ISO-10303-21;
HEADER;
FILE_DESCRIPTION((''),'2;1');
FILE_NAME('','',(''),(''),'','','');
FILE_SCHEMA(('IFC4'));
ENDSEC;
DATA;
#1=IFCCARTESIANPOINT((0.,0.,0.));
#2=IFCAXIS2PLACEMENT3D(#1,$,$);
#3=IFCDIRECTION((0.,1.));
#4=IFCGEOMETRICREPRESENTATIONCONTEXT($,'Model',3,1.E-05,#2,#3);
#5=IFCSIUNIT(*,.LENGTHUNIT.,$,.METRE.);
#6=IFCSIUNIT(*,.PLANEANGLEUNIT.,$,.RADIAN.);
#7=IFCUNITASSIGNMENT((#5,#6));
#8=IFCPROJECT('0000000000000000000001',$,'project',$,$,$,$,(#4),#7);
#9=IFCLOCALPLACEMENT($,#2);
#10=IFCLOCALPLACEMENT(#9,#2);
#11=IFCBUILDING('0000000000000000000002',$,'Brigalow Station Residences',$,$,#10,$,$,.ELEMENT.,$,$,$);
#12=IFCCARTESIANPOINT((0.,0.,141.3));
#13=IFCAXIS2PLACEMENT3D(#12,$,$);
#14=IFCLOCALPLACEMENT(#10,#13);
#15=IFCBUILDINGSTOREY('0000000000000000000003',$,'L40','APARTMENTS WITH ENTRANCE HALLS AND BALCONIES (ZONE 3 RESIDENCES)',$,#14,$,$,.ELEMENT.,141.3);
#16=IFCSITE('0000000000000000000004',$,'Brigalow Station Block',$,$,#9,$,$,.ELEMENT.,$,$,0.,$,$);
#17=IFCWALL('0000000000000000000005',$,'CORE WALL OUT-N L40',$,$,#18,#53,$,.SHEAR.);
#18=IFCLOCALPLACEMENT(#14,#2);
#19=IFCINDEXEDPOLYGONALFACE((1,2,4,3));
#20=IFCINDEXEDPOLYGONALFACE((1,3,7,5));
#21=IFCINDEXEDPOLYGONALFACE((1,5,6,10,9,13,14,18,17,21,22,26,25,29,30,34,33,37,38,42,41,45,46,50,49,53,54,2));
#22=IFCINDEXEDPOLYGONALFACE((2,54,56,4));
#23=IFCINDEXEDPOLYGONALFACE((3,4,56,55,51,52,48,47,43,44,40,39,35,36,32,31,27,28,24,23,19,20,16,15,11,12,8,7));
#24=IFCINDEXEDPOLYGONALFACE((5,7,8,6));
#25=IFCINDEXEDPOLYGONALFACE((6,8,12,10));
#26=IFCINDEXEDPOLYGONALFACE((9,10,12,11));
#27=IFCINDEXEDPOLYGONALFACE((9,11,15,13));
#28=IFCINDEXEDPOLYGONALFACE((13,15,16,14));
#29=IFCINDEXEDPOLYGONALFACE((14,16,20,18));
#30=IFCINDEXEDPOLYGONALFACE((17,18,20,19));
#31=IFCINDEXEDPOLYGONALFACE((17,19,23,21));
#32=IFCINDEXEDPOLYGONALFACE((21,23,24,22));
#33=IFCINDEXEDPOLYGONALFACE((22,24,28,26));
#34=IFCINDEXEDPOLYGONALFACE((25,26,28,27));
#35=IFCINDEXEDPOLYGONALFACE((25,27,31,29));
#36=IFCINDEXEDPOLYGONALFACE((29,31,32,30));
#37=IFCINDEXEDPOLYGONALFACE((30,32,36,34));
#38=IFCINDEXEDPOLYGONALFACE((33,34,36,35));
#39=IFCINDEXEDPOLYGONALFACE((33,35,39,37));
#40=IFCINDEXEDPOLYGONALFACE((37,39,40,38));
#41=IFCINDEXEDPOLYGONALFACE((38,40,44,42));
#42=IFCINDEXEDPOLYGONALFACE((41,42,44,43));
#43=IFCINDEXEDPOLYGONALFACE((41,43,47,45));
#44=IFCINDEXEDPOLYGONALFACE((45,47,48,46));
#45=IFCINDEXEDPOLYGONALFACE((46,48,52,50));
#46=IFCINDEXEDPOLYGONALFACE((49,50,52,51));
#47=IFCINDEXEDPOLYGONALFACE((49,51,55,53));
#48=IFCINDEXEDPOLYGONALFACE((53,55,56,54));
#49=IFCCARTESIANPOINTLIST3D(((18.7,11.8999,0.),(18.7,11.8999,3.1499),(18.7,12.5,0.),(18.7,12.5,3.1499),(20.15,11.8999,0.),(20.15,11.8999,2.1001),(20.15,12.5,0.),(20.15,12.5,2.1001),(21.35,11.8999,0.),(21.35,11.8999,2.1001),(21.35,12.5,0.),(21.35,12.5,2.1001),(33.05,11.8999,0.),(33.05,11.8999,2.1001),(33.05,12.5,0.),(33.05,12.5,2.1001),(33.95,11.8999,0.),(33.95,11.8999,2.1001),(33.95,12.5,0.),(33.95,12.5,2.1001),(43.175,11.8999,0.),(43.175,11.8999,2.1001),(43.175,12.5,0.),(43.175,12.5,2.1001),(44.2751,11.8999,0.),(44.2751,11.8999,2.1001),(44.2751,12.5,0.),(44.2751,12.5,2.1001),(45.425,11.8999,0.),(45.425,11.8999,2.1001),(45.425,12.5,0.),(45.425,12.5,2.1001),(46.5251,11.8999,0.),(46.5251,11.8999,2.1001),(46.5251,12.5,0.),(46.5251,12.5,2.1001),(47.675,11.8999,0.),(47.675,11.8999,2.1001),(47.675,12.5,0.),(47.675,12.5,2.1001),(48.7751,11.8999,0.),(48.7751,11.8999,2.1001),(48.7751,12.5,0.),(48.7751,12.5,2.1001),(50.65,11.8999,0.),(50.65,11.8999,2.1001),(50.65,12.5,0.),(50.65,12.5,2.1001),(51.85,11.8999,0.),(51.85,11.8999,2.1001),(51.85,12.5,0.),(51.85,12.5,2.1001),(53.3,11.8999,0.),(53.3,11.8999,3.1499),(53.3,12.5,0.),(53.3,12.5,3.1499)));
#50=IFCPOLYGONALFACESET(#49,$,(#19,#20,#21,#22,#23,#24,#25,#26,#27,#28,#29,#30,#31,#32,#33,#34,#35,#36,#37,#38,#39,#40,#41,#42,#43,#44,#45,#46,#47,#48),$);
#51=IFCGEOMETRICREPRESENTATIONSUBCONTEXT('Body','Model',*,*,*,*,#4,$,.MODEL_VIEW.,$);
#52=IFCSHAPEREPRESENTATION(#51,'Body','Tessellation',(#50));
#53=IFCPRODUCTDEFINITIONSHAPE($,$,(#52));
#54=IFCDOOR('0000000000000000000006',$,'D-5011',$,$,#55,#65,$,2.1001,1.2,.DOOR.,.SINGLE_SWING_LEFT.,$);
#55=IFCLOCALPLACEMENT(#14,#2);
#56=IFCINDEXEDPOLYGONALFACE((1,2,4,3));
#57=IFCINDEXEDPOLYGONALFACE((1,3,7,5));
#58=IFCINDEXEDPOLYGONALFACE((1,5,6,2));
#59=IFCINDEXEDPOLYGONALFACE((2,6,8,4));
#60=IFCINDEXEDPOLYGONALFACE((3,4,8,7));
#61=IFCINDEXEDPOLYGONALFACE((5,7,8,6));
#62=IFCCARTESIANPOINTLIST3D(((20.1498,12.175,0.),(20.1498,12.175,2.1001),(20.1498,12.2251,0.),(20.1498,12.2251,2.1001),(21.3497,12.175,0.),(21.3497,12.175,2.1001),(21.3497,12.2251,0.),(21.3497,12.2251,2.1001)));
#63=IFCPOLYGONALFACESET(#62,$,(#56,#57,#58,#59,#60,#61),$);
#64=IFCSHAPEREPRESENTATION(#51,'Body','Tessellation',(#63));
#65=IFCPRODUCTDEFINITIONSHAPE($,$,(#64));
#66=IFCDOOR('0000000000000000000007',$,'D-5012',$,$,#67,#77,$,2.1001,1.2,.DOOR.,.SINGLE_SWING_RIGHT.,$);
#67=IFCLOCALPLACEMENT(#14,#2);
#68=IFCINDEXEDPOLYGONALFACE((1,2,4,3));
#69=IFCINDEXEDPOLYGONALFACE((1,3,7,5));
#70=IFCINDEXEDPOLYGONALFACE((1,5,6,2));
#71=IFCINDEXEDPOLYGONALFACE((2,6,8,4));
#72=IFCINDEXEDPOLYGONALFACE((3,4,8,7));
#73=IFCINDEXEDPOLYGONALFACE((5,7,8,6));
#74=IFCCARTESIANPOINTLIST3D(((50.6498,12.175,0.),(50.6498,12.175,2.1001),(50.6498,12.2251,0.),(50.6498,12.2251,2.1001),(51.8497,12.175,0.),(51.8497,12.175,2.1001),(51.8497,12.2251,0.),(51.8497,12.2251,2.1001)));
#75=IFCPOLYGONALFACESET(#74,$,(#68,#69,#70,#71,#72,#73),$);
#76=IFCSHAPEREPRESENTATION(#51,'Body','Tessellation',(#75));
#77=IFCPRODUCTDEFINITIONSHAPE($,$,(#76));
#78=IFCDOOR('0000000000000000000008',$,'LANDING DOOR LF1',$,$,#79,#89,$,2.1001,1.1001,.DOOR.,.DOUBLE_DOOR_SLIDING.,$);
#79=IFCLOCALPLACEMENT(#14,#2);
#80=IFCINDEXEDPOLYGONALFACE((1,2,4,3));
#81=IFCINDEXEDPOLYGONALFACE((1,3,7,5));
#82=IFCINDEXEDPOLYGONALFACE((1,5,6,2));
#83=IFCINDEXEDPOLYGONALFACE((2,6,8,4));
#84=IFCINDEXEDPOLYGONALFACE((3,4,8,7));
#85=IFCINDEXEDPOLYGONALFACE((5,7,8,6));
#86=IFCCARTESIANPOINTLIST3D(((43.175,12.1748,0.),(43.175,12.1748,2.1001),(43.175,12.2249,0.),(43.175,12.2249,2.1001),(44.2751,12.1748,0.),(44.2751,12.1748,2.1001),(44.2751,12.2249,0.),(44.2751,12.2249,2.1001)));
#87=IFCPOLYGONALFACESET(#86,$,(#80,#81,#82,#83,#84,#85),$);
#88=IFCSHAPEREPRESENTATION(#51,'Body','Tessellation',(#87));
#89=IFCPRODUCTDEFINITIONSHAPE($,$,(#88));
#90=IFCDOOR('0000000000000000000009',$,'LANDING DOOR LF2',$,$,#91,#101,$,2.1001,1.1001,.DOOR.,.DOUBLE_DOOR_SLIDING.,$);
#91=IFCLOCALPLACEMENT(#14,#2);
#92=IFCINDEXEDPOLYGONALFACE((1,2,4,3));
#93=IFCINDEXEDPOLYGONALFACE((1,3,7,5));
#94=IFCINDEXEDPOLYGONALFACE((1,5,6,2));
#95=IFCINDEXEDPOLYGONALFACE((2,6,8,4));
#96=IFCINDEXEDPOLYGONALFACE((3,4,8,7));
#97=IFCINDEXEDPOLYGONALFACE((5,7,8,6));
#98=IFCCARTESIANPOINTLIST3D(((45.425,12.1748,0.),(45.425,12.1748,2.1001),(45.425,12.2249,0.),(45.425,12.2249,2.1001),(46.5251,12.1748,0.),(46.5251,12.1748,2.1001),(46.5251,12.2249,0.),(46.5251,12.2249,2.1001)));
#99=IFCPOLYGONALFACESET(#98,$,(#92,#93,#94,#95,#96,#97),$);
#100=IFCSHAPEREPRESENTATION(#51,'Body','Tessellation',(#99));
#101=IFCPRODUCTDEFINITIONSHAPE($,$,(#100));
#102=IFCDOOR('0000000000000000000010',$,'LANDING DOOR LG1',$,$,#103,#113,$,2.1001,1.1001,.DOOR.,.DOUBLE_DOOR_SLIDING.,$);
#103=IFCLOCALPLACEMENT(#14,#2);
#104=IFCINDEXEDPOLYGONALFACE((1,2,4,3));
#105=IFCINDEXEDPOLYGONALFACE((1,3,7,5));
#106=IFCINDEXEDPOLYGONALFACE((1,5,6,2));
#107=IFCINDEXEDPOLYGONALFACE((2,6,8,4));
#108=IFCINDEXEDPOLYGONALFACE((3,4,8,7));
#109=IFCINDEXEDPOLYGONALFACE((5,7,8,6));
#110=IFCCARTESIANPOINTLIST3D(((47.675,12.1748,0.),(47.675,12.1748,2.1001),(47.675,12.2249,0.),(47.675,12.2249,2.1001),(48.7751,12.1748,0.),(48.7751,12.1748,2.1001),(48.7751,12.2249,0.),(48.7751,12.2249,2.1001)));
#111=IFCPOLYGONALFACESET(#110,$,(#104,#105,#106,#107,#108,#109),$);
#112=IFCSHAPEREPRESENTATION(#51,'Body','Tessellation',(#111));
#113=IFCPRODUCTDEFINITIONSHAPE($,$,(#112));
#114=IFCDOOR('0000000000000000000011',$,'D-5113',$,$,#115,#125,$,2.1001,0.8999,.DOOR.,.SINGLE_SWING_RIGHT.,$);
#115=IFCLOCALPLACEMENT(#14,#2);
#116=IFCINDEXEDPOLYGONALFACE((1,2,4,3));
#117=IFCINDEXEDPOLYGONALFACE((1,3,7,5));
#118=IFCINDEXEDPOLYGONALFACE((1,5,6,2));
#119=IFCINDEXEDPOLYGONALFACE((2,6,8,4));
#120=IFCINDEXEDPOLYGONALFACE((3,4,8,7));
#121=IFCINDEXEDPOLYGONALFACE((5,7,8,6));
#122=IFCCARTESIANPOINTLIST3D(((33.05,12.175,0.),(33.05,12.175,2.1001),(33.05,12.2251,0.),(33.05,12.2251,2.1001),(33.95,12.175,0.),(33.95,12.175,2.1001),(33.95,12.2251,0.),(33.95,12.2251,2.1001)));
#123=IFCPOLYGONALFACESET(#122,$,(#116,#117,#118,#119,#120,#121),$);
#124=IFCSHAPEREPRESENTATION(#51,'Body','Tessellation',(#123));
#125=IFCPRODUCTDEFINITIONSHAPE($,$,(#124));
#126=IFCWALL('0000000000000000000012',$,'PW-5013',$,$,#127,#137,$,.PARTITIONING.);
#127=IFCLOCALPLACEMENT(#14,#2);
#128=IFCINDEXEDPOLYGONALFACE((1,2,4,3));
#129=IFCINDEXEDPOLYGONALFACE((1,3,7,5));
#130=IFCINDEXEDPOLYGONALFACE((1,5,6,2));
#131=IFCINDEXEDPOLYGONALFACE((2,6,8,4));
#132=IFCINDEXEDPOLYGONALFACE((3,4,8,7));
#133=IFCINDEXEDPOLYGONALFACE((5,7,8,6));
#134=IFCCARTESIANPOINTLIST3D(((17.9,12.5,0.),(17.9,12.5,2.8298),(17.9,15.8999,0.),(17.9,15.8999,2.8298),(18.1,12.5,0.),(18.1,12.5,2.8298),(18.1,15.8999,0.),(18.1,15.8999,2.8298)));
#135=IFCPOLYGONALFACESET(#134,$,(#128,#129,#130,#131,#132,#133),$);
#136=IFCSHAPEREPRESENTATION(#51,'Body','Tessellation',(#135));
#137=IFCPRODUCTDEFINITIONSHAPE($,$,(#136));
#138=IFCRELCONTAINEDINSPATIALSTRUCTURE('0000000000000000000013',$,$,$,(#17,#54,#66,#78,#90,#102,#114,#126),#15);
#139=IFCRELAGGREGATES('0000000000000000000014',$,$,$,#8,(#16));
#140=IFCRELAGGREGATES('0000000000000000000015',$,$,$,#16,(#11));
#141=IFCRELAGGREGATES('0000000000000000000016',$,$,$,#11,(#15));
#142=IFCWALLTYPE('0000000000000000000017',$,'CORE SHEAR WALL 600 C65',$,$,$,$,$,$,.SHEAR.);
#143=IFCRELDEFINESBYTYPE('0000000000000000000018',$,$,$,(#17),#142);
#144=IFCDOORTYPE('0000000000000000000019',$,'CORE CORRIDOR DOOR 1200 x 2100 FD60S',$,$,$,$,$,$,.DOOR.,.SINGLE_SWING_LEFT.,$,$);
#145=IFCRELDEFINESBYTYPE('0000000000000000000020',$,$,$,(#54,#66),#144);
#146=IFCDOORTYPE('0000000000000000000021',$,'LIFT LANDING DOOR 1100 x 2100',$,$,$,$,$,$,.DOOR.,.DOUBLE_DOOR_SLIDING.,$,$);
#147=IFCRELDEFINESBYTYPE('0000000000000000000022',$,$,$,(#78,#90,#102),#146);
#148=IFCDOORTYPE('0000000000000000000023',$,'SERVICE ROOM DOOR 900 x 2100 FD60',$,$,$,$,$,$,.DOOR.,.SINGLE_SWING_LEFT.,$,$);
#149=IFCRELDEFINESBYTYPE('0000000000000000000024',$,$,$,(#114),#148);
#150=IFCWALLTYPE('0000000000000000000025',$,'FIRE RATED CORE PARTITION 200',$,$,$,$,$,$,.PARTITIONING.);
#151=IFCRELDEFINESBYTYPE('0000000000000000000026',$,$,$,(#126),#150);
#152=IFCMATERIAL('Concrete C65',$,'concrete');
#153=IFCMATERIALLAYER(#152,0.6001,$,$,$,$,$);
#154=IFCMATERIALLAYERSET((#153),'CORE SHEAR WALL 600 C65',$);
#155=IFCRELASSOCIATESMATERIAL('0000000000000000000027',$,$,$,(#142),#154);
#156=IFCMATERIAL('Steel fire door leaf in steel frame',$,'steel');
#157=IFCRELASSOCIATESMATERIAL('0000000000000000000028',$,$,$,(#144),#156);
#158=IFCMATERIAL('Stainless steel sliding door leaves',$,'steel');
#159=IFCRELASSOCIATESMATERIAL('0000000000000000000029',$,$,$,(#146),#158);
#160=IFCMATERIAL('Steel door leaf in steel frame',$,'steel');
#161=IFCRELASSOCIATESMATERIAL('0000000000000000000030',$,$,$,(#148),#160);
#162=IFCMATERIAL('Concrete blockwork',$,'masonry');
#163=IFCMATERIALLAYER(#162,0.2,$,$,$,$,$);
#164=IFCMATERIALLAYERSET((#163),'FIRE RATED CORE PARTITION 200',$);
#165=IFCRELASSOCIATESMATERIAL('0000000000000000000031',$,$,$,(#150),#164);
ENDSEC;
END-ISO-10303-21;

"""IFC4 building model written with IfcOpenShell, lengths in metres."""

from ifc_helpers import new_model, si_unit, direction, frame, frame_2d, origin, place, context, subcontext, project, spatial, rectangle, extrude, material, layer, layer_set, type_object, element, fill, save


model = new_model("IFC4")

# Units and contexts
model_context = context("Model", 3, precision=1e-05, world=origin(), true_north=direction((0.0, 1.0)))
body_context = subcontext(model_context, "Body", "Model", "MODEL_VIEW")
ifc_project = project(units=[si_unit("LENGTHUNIT", "METRE"), si_unit("PLANEANGLEUNIT", "RADIAN")], contexts=[model_context])

# Site, building, storey
site_placement = place(None, origin())
site = spatial("IfcSite", under=ifc_project, at=site_placement, Name="Brigalow Station Block", CompositionType="ELEMENT", RefElevation=0.0)
building_placement = place(site_placement, origin())
building = spatial("IfcBuilding", under=site, at=building_placement, Name="Brigalow Station Residences", CompositionType="ELEMENT")
storey_placement = place(building_placement, frame((0.0, 0.0, 141.3)))
storey = spatial("IfcBuildingStorey", under=building, at=storey_placement, Name="L40", Description="APARTMENTS WITH ENTRANCE HALLS AND BALCONIES (ZONE 3 RESIDENCES)", CompositionType="ELEMENT", Elevation=141.3)

# Wall, openings, doors
ifc_material_1 = material(Name="Concrete C65", Category="concrete")
ifc_layer_1 = layer(ifc_material_1, 0.6001)
ifc_layer_set_1 = layer_set([ifc_layer_1], Name="CORE SHEAR WALL 600 C65")
wall_type_1 = type_object("IfcWallType", Name="CORE SHEAR WALL 600 C65", PredefinedType="SHEAR", material=ifc_layer_set_1)
wall_1_placement = place(storey_placement, frame((18.7, 12.2, 0.0), z_axis=(0.0, 0.0, 1.0), x_axis=(1.0, 0.0, 0.0)))
wall_1 = element("IfcWall", 1, at=wall_1_placement, inside=storey, type_object=wall_type_1, Name="CORE WALL OUT-N L40", PredefinedType="SHEAR", context=body_context, shape_type="SweptSolid", body=[
    extrude(rectangle(XDim=34.6001, YDim=0.6001, at=frame_2d((17.3, 0.0))), origin(), (0.0, 0.0, 1.0), 3.1499),
])
opening_1_placement = place(wall_1_placement, frame((24.4751, 0.0, 0.0)))
opening_1 = element("IfcOpeningElement", 2, at=opening_1_placement, cuts=wall_1, PredefinedType="OPENING", context=body_context, shape_type="SweptSolid", body=[
    extrude(rectangle(XDim=1.1001, YDim=2.1001, at=frame_2d((0.55, 1.05))), frame((0.0, 0.3101, 0.0), z_axis=(0.0, -1.0, 0.0), x_axis=(1.0, 0.0, 0.0)), (0.0, 0.0, 1.0), 0.6201),
])
opening_2_placement = place(wall_1_placement, frame((26.7251, 0.0, 0.0)))
opening_2 = element("IfcOpeningElement", 3, at=opening_2_placement, cuts=wall_1, PredefinedType="OPENING", context=body_context, shape_type="SweptSolid", body=[
    extrude(rectangle(XDim=1.1001, YDim=2.1001, at=frame_2d((0.55, 1.05))), frame((0.0, 0.3101, 0.0), z_axis=(0.0, -1.0, 0.0), x_axis=(1.0, 0.0, 0.0)), (0.0, 0.0, 1.0), 0.6201),
])
opening_3_placement = place(wall_1_placement, frame((28.9751, 0.0, 0.0)))
opening_3 = element("IfcOpeningElement", 4, at=opening_3_placement, cuts=wall_1, PredefinedType="OPENING", context=body_context, shape_type="SweptSolid", body=[
    extrude(rectangle(XDim=1.1001, YDim=2.1001, at=frame_2d((0.55, 1.05))), frame((0.0, 0.3101, 0.0), z_axis=(0.0, -1.0, 0.0), x_axis=(1.0, 0.0, 0.0)), (0.0, 0.0, 1.0), 0.6201),
])
opening_4_placement = place(wall_1_placement, frame((14.3501, 0.0, 0.0)))
opening_4 = element("IfcOpeningElement", 5, at=opening_4_placement, cuts=wall_1, PredefinedType="OPENING", context=body_context, shape_type="SweptSolid", body=[
    extrude(rectangle(XDim=0.8999, YDim=2.1001, at=frame_2d((0.45, 1.05))), frame((0.0, 0.3101, 0.0), z_axis=(0.0, -1.0, 0.0), x_axis=(1.0, 0.0, 0.0)), (0.0, 0.0, 1.0), 0.6201),
])
opening_5_placement = place(wall_1_placement, frame((1.45, 0.0, 0.0)))
opening_5 = element("IfcOpeningElement", 6, at=opening_5_placement, cuts=wall_1, PredefinedType="OPENING", context=body_context, shape_type="SweptSolid", body=[
    extrude(rectangle(XDim=1.2, YDim=2.1001, at=frame_2d((0.6001, 1.05))), frame((0.0, 0.3101, 0.0), z_axis=(0.0, -1.0, 0.0), x_axis=(1.0, 0.0, 0.0)), (0.0, 0.0, 1.0), 0.6201),
])
opening_6_placement = place(wall_1_placement, frame((31.95, 0.0, 0.0)))
opening_6 = element("IfcOpeningElement", 7, at=opening_6_placement, cuts=wall_1, PredefinedType="OPENING", context=body_context, shape_type="SweptSolid", body=[
    extrude(rectangle(XDim=1.2, YDim=2.1001, at=frame_2d((0.6001, 1.05))), frame((0.0, 0.3101, 0.0), z_axis=(0.0, -1.0, 0.0), x_axis=(1.0, 0.0, 0.0)), (0.0, 0.0, 1.0), 0.6201),
])
ifc_material_2 = material(Name="Steel fire door leaf in steel frame", Category="steel")
door_type_1 = type_object("IfcDoorType", Name="CORE CORRIDOR DOOR 1200 x 2100 FD60S", OperationType="SINGLE_SWING_LEFT", PredefinedType="DOOR", material=ifc_material_2)
door_1_placement = place(opening_5_placement, frame((1.2, 0.0, 0.0), z_axis=(0.0, 0.0, 1.0), x_axis=(-1.0, 0.0, 0.0)))
door_1 = element("IfcDoor", 8, at=door_1_placement, inside=storey, type_object=door_type_1, Name="D-5011", OperationType="SINGLE_SWING_LEFT", OverallHeight=2.1001, OverallWidth=1.2, PredefinedType="DOOR", context=body_context, shape_type="SweptSolid", body=[
    extrude(rectangle(XDim=1.2, YDim=2.1001, at=frame_2d((0.6001, 1.05))), frame((0.0, 0.0249, 0.0), z_axis=(0.0, -1.0, 0.0), x_axis=(1.0, 0.0, 0.0)), (0.0, 0.0, 1.0), 0.05),
])
fill(opening_5, door_1)
door_2_placement = place(opening_6_placement, frame((1.2, 0.0, 0.0), z_axis=(0.0, 0.0, 1.0), x_axis=(-1.0, 0.0, 0.0)))
door_2 = element("IfcDoor", 9, at=door_2_placement, inside=storey, type_object=door_type_1, Name="D-5012", OperationType="SINGLE_SWING_RIGHT", OverallHeight=2.1001, OverallWidth=1.2, PredefinedType="DOOR", context=body_context, shape_type="SweptSolid", body=[
    extrude(rectangle(XDim=1.2, YDim=2.1001, at=frame_2d((0.6001, 1.05))), frame((0.0, 0.0249, 0.0), z_axis=(0.0, -1.0, 0.0), x_axis=(1.0, 0.0, 0.0)), (0.0, 0.0, 1.0), 0.05),
])
fill(opening_6, door_2)
ifc_material_3 = material(Name="Stainless steel sliding door leaves", Category="steel")
door_type_2 = type_object("IfcDoorType", Name="LIFT LANDING DOOR 1100 x 2100", OperationType="DOUBLE_DOOR_SLIDING", PredefinedType="DOOR", material=ifc_material_3)
door_3_placement = place(opening_1_placement, origin())
door_3 = element("IfcDoor", 10, at=door_3_placement, inside=storey, type_object=door_type_2, Name="LANDING DOOR LF1", OperationType="DOUBLE_DOOR_SLIDING", OverallHeight=2.1001, OverallWidth=1.1001, PredefinedType="DOOR", context=body_context, shape_type="SweptSolid", body=[
    extrude(rectangle(XDim=1.1001, YDim=2.1001, at=frame_2d((0.55, 1.05))), frame((0.0, 0.0249, 0.0), z_axis=(0.0, -1.0, 0.0), x_axis=(1.0, 0.0, 0.0)), (0.0, 0.0, 1.0), 0.05),
])
fill(opening_1, door_3)
door_4_placement = place(opening_2_placement, origin())
door_4 = element("IfcDoor", 11, at=door_4_placement, inside=storey, type_object=door_type_2, Name="LANDING DOOR LF2", OperationType="DOUBLE_DOOR_SLIDING", OverallHeight=2.1001, OverallWidth=1.1001, PredefinedType="DOOR", context=body_context, shape_type="SweptSolid", body=[
    extrude(rectangle(XDim=1.1001, YDim=2.1001, at=frame_2d((0.55, 1.05))), frame((0.0, 0.0249, 0.0), z_axis=(0.0, -1.0, 0.0), x_axis=(1.0, 0.0, 0.0)), (0.0, 0.0, 1.0), 0.05),
])
fill(opening_2, door_4)
door_5_placement = place(opening_3_placement, origin())
door_5 = element("IfcDoor", 12, at=door_5_placement, inside=storey, type_object=door_type_2, Name="LANDING DOOR LG1", OperationType="DOUBLE_DOOR_SLIDING", OverallHeight=2.1001, OverallWidth=1.1001, PredefinedType="DOOR", context=body_context, shape_type="SweptSolid", body=[
    extrude(rectangle(XDim=1.1001, YDim=2.1001, at=frame_2d((0.55, 1.05))), frame((0.0, 0.0249, 0.0), z_axis=(0.0, -1.0, 0.0), x_axis=(1.0, 0.0, 0.0)), (0.0, 0.0, 1.0), 0.05),
])
fill(opening_3, door_5)
ifc_material_4 = material(Name="Steel door leaf in steel frame", Category="steel")
door_type_3 = type_object("IfcDoorType", Name="SERVICE ROOM DOOR 900 x 2100 FD60", OperationType="SINGLE_SWING_LEFT", PredefinedType="DOOR", material=ifc_material_4)
door_6_placement = place(opening_4_placement, frame((0.8999, 0.0, 0.0), z_axis=(0.0, 0.0, 1.0), x_axis=(-1.0, 0.0, 0.0)))
door_6 = element("IfcDoor", 13, at=door_6_placement, inside=storey, type_object=door_type_3, Name="D-5113", OperationType="SINGLE_SWING_RIGHT", OverallHeight=2.1001, OverallWidth=0.8999, PredefinedType="DOOR", context=body_context, shape_type="SweptSolid", body=[
    extrude(rectangle(XDim=0.8999, YDim=2.1001, at=frame_2d((0.45, 1.05))), frame((0.0, 0.0249, 0.0), z_axis=(0.0, -1.0, 0.0), x_axis=(1.0, 0.0, 0.0)), (0.0, 0.0, 1.0), 0.05),
])
fill(opening_4, door_6)

# Wall
ifc_material_5 = material(Name="Concrete blockwork", Category="masonry")
ifc_layer_2 = layer(ifc_material_5, 0.2)
ifc_layer_set_2 = layer_set([ifc_layer_2], Name="FIRE RATED CORE PARTITION 200")
wall_type_2 = type_object("IfcWallType", Name="FIRE RATED CORE PARTITION 200", PredefinedType="PARTITIONING", material=ifc_layer_set_2)
wall_2_placement = place(storey_placement, frame((18.0, 12.5, 0.0), z_axis=(0.0, 0.0, 1.0), x_axis=(0.0, 1.0, 0.0)))
element("IfcWall", 14, at=wall_2_placement, inside=storey, type_object=wall_type_2, Name="PW-5013", PredefinedType="PARTITIONING", context=body_context, shape_type="SweptSolid", body=[
    extrude(rectangle(XDim=3.3999, YDim=0.2, at=frame_2d((1.7, 0.0))), origin(), (0.0, 0.0, 1.0), 2.8298),
])

save(model, "model.ifc")
